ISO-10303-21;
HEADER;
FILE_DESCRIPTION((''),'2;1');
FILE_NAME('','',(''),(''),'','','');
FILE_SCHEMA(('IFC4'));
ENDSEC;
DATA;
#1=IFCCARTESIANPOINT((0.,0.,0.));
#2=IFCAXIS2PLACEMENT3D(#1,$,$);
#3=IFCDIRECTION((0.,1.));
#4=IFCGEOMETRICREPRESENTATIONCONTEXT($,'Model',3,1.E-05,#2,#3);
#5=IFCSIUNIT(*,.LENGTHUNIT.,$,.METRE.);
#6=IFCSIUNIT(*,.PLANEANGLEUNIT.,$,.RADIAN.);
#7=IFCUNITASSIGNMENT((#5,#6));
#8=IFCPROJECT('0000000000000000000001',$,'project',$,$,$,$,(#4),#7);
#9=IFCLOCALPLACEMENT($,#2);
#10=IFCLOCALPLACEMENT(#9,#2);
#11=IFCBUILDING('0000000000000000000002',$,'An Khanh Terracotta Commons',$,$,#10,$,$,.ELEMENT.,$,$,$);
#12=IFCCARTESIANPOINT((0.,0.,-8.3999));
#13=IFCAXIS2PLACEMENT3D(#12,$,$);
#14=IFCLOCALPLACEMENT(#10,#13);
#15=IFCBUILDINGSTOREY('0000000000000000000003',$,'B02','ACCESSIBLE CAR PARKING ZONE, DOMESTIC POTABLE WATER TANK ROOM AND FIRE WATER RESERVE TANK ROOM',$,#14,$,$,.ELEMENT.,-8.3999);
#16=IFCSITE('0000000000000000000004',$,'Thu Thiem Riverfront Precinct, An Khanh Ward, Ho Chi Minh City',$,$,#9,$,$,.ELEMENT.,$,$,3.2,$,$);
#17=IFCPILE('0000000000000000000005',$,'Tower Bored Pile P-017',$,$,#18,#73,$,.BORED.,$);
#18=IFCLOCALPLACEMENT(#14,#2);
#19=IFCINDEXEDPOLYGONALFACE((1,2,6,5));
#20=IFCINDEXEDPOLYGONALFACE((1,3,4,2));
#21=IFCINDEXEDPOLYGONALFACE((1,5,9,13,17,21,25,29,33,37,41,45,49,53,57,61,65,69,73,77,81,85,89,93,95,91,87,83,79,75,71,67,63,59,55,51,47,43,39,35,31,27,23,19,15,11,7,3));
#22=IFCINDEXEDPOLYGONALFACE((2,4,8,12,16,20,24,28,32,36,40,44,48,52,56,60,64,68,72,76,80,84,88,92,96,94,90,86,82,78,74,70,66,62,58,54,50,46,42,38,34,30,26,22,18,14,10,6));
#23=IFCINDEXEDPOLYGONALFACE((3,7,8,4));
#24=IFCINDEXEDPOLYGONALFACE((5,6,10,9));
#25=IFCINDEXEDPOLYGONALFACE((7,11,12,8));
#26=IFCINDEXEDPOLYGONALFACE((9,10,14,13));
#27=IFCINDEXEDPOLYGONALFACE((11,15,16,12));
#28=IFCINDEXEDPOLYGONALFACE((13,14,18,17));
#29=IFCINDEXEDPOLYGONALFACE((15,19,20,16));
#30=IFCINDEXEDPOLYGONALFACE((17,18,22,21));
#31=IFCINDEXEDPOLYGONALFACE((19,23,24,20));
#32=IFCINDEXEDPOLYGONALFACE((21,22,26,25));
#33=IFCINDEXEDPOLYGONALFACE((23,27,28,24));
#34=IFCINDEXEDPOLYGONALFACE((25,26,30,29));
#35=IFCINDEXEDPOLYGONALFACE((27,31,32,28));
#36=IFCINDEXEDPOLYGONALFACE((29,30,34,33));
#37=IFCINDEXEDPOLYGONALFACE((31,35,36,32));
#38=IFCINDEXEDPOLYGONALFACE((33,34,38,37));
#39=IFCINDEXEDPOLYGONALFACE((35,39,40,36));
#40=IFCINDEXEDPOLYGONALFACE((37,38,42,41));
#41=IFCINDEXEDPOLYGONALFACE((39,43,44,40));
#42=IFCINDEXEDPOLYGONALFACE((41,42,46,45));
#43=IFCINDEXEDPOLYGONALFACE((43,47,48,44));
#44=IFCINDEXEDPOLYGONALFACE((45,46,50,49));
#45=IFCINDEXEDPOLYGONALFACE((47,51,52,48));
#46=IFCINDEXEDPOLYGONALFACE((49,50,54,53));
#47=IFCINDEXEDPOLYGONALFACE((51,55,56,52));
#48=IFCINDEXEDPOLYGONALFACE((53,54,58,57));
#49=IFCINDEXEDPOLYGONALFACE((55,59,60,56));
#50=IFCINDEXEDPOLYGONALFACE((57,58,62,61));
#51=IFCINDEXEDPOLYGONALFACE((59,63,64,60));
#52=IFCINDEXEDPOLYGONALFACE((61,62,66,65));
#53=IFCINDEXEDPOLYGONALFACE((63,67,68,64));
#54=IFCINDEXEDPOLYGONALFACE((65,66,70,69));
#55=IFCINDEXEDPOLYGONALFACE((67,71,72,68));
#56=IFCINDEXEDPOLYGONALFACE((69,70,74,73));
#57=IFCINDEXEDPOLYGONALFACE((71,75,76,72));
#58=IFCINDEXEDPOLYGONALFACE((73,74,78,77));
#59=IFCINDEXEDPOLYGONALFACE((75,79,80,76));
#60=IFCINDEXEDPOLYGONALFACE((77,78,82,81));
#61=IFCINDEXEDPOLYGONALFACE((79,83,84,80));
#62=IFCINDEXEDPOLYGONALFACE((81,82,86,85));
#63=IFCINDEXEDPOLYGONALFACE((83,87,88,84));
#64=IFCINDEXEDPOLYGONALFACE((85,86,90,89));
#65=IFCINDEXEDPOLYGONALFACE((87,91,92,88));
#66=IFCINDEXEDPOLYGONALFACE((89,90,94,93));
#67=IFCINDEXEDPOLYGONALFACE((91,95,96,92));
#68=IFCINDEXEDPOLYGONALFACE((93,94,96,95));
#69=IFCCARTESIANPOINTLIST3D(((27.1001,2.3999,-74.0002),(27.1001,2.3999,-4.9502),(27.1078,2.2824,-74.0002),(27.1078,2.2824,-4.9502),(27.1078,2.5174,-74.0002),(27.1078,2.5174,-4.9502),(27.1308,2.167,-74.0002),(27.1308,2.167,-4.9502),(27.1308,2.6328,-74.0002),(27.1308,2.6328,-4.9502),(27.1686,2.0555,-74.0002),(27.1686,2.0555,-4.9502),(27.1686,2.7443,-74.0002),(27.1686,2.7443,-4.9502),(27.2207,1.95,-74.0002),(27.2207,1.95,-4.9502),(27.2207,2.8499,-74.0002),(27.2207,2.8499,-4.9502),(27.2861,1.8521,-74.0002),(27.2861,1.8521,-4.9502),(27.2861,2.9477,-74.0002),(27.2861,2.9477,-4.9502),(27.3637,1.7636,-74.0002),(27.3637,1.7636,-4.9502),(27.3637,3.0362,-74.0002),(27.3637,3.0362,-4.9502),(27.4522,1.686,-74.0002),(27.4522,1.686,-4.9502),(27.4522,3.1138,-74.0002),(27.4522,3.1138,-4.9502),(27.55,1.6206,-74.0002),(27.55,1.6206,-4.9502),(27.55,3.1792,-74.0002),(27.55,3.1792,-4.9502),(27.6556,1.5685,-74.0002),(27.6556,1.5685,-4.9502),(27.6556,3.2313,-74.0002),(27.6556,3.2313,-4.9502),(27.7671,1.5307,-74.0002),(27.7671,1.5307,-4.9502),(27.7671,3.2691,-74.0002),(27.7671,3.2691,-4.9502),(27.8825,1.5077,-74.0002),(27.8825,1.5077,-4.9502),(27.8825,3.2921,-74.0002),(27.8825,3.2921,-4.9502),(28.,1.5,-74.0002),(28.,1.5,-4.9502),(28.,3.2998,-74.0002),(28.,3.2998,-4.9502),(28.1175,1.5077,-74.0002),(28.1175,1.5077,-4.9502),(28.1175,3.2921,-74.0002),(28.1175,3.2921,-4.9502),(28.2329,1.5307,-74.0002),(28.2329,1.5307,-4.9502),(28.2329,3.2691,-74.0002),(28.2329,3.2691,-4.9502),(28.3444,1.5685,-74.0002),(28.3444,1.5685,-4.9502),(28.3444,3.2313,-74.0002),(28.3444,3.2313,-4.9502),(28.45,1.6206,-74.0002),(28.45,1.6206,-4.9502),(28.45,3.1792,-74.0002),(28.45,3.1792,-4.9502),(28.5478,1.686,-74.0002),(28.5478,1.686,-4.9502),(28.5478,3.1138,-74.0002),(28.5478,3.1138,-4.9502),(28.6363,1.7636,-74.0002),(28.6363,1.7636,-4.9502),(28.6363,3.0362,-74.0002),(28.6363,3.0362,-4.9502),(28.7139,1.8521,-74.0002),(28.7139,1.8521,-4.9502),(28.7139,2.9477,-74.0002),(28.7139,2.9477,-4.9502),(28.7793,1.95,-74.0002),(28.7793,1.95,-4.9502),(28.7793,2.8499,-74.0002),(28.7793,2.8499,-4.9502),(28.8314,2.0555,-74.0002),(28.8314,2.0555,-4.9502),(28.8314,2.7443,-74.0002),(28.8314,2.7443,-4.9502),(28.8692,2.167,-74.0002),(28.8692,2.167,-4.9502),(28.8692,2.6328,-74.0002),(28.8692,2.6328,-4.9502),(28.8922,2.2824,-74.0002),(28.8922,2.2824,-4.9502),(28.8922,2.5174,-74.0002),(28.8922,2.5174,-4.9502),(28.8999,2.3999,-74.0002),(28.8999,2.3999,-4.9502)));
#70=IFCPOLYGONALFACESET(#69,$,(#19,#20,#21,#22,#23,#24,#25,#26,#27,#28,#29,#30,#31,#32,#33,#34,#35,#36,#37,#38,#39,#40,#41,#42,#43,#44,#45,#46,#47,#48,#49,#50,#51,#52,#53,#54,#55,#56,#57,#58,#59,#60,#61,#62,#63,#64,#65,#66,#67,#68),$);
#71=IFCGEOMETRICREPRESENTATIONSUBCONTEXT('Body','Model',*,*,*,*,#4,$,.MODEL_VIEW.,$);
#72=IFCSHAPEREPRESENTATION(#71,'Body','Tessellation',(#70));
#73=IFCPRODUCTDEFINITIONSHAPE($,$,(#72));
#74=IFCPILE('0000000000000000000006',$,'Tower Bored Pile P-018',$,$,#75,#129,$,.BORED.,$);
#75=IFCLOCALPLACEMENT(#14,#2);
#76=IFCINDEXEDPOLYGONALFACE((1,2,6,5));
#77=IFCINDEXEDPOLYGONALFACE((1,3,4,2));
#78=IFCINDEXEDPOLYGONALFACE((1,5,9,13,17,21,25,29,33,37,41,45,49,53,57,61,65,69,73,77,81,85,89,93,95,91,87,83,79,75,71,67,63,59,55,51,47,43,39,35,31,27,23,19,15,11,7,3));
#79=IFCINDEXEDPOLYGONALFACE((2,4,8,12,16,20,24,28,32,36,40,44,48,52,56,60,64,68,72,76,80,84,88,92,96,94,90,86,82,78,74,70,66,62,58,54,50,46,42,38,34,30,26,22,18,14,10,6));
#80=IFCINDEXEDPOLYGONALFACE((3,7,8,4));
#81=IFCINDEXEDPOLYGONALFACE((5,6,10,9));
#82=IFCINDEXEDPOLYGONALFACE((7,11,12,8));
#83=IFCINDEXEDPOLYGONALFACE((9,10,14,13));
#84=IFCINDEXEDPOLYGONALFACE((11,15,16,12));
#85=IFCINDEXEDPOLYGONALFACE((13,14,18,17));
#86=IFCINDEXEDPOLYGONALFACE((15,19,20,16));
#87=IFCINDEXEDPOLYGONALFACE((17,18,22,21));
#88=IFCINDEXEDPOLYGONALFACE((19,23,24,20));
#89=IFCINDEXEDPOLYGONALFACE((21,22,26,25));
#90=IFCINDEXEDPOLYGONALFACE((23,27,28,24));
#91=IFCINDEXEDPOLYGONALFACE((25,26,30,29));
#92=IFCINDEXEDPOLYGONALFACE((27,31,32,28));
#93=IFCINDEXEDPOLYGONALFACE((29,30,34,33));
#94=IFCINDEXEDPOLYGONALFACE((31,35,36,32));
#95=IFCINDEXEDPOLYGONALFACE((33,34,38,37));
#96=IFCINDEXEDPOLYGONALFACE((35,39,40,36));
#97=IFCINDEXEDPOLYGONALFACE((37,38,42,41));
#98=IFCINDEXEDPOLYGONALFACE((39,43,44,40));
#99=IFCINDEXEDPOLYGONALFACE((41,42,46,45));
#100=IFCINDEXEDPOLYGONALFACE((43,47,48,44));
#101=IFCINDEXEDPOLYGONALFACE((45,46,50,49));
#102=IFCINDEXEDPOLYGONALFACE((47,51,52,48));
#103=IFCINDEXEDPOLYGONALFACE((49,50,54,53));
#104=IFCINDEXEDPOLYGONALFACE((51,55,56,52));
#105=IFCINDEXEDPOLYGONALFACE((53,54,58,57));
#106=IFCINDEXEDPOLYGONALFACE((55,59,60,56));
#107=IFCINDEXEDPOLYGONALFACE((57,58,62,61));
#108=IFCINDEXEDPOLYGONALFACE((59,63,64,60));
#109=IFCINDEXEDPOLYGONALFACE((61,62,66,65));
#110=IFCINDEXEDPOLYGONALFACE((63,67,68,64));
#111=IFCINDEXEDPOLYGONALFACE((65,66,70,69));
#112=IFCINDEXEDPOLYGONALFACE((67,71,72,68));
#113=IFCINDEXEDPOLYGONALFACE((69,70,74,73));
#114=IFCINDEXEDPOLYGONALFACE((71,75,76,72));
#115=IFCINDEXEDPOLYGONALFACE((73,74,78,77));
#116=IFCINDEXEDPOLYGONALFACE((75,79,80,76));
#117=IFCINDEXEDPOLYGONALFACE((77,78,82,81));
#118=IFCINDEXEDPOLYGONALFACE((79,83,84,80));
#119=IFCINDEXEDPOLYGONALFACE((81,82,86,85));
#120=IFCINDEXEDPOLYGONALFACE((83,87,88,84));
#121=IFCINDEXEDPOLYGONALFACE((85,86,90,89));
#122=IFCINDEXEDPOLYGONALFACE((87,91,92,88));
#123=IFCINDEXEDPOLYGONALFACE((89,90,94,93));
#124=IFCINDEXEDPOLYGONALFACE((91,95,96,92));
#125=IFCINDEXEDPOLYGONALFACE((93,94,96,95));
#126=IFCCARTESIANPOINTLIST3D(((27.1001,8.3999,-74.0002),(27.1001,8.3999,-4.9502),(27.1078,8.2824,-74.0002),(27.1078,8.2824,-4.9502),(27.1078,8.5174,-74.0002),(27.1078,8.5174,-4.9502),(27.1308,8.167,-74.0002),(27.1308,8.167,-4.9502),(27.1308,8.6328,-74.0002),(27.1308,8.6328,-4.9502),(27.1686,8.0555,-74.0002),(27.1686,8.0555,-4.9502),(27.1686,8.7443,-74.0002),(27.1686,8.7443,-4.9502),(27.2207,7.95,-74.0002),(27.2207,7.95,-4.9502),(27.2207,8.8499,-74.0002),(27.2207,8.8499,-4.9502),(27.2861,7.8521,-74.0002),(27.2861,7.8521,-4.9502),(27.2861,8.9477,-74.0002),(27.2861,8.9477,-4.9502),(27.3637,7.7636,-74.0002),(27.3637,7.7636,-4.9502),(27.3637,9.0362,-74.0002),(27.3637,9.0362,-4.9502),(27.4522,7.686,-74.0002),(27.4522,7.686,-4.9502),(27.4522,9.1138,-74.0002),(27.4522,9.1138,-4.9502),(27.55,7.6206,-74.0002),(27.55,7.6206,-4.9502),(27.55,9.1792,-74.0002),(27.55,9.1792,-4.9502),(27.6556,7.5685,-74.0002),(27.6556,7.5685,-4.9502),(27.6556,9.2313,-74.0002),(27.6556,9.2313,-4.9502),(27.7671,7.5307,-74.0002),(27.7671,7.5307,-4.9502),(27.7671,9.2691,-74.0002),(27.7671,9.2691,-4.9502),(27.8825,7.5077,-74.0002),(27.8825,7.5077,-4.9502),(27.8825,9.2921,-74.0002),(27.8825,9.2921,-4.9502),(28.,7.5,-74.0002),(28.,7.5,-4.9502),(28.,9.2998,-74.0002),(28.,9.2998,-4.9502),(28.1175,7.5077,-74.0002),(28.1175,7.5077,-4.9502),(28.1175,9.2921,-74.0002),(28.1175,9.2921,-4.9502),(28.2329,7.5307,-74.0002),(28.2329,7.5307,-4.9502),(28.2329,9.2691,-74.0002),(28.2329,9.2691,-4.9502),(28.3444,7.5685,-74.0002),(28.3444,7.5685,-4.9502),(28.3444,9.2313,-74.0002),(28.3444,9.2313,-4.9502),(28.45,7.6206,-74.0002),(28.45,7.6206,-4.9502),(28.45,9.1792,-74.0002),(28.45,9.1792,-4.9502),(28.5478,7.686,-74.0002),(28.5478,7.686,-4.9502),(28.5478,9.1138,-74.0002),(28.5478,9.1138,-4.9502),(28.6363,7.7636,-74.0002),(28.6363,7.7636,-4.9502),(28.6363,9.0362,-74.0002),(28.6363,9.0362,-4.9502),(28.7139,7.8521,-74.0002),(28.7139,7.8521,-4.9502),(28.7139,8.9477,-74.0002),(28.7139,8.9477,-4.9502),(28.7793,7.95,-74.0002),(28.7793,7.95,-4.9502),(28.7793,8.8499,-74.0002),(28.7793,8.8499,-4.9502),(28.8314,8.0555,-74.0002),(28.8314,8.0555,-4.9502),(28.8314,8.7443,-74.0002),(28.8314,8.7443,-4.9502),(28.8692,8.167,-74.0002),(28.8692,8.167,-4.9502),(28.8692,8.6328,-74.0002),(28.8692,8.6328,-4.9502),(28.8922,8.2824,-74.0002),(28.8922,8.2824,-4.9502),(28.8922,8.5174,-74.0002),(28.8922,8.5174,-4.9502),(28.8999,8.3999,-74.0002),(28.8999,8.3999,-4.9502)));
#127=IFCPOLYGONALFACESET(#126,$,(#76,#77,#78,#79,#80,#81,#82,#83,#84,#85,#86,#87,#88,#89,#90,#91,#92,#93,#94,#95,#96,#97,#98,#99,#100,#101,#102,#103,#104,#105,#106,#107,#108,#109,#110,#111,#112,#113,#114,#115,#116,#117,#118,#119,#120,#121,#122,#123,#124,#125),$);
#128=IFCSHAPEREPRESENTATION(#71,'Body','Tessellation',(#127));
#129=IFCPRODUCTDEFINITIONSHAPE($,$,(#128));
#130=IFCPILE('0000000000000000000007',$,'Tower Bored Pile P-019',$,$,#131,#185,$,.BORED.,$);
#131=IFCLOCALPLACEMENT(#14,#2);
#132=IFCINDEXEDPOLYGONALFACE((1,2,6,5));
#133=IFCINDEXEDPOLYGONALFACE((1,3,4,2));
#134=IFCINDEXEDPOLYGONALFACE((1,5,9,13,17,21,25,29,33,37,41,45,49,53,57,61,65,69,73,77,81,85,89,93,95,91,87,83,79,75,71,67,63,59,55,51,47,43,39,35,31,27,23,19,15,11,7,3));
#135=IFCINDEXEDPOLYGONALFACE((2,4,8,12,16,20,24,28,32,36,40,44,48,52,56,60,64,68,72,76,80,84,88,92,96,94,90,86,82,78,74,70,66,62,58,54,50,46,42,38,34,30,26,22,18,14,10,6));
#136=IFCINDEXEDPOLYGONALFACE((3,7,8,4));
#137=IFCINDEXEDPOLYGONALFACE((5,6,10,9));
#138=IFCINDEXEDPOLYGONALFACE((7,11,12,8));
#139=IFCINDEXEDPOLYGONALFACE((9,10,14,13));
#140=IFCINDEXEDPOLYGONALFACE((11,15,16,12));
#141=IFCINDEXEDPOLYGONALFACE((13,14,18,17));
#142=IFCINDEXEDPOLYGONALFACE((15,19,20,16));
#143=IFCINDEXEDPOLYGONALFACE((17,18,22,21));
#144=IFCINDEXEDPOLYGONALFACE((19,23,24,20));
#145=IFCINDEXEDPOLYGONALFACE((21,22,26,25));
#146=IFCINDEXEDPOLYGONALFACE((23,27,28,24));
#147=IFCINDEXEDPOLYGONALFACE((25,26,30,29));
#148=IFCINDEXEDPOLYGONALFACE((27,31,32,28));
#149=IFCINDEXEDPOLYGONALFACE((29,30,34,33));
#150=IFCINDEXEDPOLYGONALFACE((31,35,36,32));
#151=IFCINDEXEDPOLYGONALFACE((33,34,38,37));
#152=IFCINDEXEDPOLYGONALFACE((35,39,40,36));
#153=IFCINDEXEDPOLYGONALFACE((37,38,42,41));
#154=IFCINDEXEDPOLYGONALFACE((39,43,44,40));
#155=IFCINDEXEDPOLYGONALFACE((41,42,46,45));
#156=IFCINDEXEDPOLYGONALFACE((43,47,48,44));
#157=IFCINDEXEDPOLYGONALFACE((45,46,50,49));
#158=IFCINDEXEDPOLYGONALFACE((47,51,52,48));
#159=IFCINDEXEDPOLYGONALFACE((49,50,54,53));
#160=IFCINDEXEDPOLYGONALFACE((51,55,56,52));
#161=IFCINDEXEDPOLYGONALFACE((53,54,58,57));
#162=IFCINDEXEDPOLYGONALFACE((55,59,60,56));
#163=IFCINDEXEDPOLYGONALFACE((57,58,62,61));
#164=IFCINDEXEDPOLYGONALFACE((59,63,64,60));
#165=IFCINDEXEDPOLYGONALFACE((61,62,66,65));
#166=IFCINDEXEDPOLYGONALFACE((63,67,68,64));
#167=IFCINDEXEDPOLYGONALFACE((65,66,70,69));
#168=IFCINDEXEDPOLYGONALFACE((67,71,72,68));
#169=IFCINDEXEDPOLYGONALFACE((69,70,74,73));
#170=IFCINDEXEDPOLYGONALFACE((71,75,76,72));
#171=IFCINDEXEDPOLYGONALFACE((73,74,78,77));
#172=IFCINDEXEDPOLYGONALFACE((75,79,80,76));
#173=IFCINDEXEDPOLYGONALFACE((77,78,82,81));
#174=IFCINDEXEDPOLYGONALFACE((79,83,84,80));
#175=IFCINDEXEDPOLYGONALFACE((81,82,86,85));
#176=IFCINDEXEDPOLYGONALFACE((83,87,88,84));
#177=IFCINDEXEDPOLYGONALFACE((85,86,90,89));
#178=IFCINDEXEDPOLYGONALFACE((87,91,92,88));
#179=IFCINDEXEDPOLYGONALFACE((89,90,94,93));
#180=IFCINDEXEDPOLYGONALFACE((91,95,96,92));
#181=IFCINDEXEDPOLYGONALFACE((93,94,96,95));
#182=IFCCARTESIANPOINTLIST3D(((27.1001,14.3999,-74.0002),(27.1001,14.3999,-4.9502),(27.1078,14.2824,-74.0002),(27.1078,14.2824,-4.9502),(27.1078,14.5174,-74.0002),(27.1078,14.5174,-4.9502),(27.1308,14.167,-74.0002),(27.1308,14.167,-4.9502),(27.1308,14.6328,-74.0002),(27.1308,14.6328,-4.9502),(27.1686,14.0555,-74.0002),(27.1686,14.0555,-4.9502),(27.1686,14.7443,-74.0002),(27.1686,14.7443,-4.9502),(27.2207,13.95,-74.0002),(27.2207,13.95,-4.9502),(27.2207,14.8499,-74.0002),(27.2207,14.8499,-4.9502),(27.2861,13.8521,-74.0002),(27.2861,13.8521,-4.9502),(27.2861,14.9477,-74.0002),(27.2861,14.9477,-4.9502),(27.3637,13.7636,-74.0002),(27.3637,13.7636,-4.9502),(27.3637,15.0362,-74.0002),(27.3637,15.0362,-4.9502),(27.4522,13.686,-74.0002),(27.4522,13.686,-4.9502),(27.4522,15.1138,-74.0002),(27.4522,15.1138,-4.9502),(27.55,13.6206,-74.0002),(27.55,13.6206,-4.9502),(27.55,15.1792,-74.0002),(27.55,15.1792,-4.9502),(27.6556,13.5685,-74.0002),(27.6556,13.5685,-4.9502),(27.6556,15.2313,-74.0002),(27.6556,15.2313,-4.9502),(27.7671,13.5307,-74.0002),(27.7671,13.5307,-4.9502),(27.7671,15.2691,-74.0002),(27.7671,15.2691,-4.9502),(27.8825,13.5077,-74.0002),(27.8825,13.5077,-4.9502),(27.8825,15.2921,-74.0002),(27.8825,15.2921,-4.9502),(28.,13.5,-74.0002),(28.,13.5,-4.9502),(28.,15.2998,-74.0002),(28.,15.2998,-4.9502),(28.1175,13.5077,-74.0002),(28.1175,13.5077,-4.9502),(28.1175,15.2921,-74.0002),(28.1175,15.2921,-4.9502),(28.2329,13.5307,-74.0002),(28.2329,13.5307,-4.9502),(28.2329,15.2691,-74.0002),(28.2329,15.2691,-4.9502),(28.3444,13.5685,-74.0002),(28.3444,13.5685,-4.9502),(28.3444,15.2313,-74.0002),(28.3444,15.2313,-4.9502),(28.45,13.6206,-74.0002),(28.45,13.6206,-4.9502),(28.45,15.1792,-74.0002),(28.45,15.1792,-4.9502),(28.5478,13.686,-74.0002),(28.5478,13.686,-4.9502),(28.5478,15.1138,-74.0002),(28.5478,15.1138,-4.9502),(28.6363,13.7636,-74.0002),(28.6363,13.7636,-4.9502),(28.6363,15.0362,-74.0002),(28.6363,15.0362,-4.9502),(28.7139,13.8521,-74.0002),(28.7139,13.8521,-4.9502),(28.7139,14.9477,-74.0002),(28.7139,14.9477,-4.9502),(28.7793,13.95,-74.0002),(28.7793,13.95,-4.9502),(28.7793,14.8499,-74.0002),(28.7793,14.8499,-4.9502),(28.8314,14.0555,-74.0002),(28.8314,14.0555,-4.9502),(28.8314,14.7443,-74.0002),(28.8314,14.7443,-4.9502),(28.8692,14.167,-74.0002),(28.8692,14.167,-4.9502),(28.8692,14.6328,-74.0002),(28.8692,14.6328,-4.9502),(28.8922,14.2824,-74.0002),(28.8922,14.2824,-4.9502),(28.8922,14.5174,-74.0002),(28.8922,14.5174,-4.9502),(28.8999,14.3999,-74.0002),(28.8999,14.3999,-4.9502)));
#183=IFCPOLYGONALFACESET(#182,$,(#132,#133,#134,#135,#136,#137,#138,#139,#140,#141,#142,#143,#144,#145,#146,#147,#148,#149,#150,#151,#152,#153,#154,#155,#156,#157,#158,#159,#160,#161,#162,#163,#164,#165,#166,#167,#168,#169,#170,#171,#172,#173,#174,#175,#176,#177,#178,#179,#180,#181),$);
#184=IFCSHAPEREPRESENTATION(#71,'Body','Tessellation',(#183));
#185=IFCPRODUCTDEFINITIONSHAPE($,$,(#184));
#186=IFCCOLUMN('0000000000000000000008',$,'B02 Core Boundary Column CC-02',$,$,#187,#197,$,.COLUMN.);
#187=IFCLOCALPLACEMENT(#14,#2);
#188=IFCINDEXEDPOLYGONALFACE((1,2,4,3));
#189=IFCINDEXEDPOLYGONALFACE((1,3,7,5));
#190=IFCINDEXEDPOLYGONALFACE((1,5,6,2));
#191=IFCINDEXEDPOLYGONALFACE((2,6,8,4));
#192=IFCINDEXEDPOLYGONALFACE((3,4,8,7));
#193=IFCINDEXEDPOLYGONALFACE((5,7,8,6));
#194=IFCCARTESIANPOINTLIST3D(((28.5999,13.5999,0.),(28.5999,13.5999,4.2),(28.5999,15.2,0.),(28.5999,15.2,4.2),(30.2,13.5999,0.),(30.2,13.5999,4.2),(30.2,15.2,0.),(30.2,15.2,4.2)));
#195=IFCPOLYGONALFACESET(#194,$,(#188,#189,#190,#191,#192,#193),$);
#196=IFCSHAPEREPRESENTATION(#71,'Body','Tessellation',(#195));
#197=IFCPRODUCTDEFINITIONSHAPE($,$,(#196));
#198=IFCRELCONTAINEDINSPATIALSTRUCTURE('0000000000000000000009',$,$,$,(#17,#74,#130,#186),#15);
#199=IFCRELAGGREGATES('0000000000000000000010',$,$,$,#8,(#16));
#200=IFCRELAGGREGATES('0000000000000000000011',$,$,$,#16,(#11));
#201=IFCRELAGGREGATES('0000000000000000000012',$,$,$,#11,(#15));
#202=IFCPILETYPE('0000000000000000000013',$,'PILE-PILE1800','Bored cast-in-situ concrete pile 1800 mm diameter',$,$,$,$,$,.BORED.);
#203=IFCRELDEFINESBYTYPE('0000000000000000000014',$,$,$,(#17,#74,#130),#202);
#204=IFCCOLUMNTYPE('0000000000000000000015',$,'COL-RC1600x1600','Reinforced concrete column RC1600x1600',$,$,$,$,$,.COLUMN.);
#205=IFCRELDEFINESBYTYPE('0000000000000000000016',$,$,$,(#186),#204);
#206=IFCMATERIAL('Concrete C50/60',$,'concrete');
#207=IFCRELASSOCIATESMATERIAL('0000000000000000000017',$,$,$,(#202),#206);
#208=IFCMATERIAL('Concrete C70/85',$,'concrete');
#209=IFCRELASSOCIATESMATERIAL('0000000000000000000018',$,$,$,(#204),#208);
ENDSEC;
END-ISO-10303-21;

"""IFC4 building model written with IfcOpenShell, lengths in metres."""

from ifc_helpers import new_model, si_unit, direction, frame, origin, origin_2d, place, context, subcontext, project, spatial, rectangle, circle, extrude, material, material_profile, profile_set, type_object, element, save


model = new_model("IFC4")

# Units and contexts
model_context = context("Model", 3, precision=1e-05, world=origin(), true_north=direction((0.0, 1.0)))
body_context = subcontext(model_context, "Body", "Model", "MODEL_VIEW")
ifc_project = project(units=[si_unit("LENGTHUNIT", "METRE"), si_unit("PLANEANGLEUNIT", "RADIAN")], contexts=[model_context])

# Site, building, storey
site_placement = place(None, origin())
site = spatial("IfcSite", under=ifc_project, at=site_placement, Name="Thu Thiem Riverfront Precinct, An Khanh Ward, Ho Chi Minh City", CompositionType="ELEMENT", RefElevation=3.2)
building_placement = place(site_placement, origin())
building = spatial("IfcBuilding", under=site, at=building_placement, Name="An Khanh Terracotta Commons", CompositionType="ELEMENT")
storey_placement = place(building_placement, frame((0.0, 0.0, -8.3999)))
storey = spatial("IfcBuildingStorey", under=building, at=storey_placement, Name="B02", Description="ACCESSIBLE CAR PARKING ZONE, DOMESTIC POTABLE WATER TANK ROOM AND FIRE WATER RESERVE TANK ROOM", CompositionType="ELEMENT", Elevation=-8.3999)

# Shared definitions
ifc_material_1 = material(Name="Concrete C50/60", Category="concrete")

# Piles
ifc_material_profile_1 = material_profile(ifc_material_1, circle(Radius=0.8999, at=origin_2d()), Name="PILE1800")
ifc_profile_set_1 = profile_set([ifc_material_profile_1], Name="Concrete C50/60")
pile_type = type_object("IfcPileType", Name="PILE-PILE1800", Description="Bored cast-in-situ concrete pile 1800 mm diameter", PredefinedType="BORED", material=ifc_profile_set_1)
for number, where, z_axis, x_axis, name in (
    (1, (28.0, 2.3999, -4.9502), (0.0, 0.0, -1.0), (1.0, 0.0, 0.0), "Tower Bored Pile P-017"),
    (2, (28.0, 8.3999, -4.9502), (0.0, 0.0, -1.0), (1.0, 0.0, 0.0), "Tower Bored Pile P-018"),
    (3, (28.0, 14.3999, -4.9502), (0.0, 0.0, -1.0), (1.0, 0.0, 0.0), "Tower Bored Pile P-019"),
):
    element("IfcPile", number, at=place(storey_placement, frame(where, z_axis=z_axis, x_axis=x_axis)), inside=storey, type_object=pile_type, Name=name, PredefinedType="BORED", context=body_context, shape_type="SweptSolid", body=[
        extrude(circle(Radius=0.8999, at=origin_2d()), origin(), (0.0, 0.0, 1.0), 69.05),
    ])

# Column
ifc_material_2 = material(Name="Concrete C70/85", Category="concrete")
ifc_material_profile_2 = material_profile(ifc_material_2, rectangle(XDim=1.6001, YDim=1.6001, at=origin_2d()), Name="RC1600x1600")
ifc_profile_set_2 = profile_set([ifc_material_profile_2], Name="Concrete C70/85")
column_type = type_object("IfcColumnType", Name="COL-RC1600x1600", Description="Reinforced concrete column RC1600x1600", PredefinedType="COLUMN", material=ifc_profile_set_2)
column_placement = place(storey_placement, frame((29.3999, 14.3999, 0.0), z_axis=(0.0, 0.0, 1.0), x_axis=(1.0, 0.0, 0.0)))
element("IfcColumn", 4, at=column_placement, inside=storey, type_object=column_type, Name="B02 Core Boundary Column CC-02", PredefinedType="COLUMN", context=body_context, shape_type="SweptSolid", body=[
    extrude(rectangle(XDim=1.6001, YDim=1.6001, at=origin_2d()), origin(), (0.0, 0.0, 1.0), 4.2),
])

save(model, "model.ifc")
